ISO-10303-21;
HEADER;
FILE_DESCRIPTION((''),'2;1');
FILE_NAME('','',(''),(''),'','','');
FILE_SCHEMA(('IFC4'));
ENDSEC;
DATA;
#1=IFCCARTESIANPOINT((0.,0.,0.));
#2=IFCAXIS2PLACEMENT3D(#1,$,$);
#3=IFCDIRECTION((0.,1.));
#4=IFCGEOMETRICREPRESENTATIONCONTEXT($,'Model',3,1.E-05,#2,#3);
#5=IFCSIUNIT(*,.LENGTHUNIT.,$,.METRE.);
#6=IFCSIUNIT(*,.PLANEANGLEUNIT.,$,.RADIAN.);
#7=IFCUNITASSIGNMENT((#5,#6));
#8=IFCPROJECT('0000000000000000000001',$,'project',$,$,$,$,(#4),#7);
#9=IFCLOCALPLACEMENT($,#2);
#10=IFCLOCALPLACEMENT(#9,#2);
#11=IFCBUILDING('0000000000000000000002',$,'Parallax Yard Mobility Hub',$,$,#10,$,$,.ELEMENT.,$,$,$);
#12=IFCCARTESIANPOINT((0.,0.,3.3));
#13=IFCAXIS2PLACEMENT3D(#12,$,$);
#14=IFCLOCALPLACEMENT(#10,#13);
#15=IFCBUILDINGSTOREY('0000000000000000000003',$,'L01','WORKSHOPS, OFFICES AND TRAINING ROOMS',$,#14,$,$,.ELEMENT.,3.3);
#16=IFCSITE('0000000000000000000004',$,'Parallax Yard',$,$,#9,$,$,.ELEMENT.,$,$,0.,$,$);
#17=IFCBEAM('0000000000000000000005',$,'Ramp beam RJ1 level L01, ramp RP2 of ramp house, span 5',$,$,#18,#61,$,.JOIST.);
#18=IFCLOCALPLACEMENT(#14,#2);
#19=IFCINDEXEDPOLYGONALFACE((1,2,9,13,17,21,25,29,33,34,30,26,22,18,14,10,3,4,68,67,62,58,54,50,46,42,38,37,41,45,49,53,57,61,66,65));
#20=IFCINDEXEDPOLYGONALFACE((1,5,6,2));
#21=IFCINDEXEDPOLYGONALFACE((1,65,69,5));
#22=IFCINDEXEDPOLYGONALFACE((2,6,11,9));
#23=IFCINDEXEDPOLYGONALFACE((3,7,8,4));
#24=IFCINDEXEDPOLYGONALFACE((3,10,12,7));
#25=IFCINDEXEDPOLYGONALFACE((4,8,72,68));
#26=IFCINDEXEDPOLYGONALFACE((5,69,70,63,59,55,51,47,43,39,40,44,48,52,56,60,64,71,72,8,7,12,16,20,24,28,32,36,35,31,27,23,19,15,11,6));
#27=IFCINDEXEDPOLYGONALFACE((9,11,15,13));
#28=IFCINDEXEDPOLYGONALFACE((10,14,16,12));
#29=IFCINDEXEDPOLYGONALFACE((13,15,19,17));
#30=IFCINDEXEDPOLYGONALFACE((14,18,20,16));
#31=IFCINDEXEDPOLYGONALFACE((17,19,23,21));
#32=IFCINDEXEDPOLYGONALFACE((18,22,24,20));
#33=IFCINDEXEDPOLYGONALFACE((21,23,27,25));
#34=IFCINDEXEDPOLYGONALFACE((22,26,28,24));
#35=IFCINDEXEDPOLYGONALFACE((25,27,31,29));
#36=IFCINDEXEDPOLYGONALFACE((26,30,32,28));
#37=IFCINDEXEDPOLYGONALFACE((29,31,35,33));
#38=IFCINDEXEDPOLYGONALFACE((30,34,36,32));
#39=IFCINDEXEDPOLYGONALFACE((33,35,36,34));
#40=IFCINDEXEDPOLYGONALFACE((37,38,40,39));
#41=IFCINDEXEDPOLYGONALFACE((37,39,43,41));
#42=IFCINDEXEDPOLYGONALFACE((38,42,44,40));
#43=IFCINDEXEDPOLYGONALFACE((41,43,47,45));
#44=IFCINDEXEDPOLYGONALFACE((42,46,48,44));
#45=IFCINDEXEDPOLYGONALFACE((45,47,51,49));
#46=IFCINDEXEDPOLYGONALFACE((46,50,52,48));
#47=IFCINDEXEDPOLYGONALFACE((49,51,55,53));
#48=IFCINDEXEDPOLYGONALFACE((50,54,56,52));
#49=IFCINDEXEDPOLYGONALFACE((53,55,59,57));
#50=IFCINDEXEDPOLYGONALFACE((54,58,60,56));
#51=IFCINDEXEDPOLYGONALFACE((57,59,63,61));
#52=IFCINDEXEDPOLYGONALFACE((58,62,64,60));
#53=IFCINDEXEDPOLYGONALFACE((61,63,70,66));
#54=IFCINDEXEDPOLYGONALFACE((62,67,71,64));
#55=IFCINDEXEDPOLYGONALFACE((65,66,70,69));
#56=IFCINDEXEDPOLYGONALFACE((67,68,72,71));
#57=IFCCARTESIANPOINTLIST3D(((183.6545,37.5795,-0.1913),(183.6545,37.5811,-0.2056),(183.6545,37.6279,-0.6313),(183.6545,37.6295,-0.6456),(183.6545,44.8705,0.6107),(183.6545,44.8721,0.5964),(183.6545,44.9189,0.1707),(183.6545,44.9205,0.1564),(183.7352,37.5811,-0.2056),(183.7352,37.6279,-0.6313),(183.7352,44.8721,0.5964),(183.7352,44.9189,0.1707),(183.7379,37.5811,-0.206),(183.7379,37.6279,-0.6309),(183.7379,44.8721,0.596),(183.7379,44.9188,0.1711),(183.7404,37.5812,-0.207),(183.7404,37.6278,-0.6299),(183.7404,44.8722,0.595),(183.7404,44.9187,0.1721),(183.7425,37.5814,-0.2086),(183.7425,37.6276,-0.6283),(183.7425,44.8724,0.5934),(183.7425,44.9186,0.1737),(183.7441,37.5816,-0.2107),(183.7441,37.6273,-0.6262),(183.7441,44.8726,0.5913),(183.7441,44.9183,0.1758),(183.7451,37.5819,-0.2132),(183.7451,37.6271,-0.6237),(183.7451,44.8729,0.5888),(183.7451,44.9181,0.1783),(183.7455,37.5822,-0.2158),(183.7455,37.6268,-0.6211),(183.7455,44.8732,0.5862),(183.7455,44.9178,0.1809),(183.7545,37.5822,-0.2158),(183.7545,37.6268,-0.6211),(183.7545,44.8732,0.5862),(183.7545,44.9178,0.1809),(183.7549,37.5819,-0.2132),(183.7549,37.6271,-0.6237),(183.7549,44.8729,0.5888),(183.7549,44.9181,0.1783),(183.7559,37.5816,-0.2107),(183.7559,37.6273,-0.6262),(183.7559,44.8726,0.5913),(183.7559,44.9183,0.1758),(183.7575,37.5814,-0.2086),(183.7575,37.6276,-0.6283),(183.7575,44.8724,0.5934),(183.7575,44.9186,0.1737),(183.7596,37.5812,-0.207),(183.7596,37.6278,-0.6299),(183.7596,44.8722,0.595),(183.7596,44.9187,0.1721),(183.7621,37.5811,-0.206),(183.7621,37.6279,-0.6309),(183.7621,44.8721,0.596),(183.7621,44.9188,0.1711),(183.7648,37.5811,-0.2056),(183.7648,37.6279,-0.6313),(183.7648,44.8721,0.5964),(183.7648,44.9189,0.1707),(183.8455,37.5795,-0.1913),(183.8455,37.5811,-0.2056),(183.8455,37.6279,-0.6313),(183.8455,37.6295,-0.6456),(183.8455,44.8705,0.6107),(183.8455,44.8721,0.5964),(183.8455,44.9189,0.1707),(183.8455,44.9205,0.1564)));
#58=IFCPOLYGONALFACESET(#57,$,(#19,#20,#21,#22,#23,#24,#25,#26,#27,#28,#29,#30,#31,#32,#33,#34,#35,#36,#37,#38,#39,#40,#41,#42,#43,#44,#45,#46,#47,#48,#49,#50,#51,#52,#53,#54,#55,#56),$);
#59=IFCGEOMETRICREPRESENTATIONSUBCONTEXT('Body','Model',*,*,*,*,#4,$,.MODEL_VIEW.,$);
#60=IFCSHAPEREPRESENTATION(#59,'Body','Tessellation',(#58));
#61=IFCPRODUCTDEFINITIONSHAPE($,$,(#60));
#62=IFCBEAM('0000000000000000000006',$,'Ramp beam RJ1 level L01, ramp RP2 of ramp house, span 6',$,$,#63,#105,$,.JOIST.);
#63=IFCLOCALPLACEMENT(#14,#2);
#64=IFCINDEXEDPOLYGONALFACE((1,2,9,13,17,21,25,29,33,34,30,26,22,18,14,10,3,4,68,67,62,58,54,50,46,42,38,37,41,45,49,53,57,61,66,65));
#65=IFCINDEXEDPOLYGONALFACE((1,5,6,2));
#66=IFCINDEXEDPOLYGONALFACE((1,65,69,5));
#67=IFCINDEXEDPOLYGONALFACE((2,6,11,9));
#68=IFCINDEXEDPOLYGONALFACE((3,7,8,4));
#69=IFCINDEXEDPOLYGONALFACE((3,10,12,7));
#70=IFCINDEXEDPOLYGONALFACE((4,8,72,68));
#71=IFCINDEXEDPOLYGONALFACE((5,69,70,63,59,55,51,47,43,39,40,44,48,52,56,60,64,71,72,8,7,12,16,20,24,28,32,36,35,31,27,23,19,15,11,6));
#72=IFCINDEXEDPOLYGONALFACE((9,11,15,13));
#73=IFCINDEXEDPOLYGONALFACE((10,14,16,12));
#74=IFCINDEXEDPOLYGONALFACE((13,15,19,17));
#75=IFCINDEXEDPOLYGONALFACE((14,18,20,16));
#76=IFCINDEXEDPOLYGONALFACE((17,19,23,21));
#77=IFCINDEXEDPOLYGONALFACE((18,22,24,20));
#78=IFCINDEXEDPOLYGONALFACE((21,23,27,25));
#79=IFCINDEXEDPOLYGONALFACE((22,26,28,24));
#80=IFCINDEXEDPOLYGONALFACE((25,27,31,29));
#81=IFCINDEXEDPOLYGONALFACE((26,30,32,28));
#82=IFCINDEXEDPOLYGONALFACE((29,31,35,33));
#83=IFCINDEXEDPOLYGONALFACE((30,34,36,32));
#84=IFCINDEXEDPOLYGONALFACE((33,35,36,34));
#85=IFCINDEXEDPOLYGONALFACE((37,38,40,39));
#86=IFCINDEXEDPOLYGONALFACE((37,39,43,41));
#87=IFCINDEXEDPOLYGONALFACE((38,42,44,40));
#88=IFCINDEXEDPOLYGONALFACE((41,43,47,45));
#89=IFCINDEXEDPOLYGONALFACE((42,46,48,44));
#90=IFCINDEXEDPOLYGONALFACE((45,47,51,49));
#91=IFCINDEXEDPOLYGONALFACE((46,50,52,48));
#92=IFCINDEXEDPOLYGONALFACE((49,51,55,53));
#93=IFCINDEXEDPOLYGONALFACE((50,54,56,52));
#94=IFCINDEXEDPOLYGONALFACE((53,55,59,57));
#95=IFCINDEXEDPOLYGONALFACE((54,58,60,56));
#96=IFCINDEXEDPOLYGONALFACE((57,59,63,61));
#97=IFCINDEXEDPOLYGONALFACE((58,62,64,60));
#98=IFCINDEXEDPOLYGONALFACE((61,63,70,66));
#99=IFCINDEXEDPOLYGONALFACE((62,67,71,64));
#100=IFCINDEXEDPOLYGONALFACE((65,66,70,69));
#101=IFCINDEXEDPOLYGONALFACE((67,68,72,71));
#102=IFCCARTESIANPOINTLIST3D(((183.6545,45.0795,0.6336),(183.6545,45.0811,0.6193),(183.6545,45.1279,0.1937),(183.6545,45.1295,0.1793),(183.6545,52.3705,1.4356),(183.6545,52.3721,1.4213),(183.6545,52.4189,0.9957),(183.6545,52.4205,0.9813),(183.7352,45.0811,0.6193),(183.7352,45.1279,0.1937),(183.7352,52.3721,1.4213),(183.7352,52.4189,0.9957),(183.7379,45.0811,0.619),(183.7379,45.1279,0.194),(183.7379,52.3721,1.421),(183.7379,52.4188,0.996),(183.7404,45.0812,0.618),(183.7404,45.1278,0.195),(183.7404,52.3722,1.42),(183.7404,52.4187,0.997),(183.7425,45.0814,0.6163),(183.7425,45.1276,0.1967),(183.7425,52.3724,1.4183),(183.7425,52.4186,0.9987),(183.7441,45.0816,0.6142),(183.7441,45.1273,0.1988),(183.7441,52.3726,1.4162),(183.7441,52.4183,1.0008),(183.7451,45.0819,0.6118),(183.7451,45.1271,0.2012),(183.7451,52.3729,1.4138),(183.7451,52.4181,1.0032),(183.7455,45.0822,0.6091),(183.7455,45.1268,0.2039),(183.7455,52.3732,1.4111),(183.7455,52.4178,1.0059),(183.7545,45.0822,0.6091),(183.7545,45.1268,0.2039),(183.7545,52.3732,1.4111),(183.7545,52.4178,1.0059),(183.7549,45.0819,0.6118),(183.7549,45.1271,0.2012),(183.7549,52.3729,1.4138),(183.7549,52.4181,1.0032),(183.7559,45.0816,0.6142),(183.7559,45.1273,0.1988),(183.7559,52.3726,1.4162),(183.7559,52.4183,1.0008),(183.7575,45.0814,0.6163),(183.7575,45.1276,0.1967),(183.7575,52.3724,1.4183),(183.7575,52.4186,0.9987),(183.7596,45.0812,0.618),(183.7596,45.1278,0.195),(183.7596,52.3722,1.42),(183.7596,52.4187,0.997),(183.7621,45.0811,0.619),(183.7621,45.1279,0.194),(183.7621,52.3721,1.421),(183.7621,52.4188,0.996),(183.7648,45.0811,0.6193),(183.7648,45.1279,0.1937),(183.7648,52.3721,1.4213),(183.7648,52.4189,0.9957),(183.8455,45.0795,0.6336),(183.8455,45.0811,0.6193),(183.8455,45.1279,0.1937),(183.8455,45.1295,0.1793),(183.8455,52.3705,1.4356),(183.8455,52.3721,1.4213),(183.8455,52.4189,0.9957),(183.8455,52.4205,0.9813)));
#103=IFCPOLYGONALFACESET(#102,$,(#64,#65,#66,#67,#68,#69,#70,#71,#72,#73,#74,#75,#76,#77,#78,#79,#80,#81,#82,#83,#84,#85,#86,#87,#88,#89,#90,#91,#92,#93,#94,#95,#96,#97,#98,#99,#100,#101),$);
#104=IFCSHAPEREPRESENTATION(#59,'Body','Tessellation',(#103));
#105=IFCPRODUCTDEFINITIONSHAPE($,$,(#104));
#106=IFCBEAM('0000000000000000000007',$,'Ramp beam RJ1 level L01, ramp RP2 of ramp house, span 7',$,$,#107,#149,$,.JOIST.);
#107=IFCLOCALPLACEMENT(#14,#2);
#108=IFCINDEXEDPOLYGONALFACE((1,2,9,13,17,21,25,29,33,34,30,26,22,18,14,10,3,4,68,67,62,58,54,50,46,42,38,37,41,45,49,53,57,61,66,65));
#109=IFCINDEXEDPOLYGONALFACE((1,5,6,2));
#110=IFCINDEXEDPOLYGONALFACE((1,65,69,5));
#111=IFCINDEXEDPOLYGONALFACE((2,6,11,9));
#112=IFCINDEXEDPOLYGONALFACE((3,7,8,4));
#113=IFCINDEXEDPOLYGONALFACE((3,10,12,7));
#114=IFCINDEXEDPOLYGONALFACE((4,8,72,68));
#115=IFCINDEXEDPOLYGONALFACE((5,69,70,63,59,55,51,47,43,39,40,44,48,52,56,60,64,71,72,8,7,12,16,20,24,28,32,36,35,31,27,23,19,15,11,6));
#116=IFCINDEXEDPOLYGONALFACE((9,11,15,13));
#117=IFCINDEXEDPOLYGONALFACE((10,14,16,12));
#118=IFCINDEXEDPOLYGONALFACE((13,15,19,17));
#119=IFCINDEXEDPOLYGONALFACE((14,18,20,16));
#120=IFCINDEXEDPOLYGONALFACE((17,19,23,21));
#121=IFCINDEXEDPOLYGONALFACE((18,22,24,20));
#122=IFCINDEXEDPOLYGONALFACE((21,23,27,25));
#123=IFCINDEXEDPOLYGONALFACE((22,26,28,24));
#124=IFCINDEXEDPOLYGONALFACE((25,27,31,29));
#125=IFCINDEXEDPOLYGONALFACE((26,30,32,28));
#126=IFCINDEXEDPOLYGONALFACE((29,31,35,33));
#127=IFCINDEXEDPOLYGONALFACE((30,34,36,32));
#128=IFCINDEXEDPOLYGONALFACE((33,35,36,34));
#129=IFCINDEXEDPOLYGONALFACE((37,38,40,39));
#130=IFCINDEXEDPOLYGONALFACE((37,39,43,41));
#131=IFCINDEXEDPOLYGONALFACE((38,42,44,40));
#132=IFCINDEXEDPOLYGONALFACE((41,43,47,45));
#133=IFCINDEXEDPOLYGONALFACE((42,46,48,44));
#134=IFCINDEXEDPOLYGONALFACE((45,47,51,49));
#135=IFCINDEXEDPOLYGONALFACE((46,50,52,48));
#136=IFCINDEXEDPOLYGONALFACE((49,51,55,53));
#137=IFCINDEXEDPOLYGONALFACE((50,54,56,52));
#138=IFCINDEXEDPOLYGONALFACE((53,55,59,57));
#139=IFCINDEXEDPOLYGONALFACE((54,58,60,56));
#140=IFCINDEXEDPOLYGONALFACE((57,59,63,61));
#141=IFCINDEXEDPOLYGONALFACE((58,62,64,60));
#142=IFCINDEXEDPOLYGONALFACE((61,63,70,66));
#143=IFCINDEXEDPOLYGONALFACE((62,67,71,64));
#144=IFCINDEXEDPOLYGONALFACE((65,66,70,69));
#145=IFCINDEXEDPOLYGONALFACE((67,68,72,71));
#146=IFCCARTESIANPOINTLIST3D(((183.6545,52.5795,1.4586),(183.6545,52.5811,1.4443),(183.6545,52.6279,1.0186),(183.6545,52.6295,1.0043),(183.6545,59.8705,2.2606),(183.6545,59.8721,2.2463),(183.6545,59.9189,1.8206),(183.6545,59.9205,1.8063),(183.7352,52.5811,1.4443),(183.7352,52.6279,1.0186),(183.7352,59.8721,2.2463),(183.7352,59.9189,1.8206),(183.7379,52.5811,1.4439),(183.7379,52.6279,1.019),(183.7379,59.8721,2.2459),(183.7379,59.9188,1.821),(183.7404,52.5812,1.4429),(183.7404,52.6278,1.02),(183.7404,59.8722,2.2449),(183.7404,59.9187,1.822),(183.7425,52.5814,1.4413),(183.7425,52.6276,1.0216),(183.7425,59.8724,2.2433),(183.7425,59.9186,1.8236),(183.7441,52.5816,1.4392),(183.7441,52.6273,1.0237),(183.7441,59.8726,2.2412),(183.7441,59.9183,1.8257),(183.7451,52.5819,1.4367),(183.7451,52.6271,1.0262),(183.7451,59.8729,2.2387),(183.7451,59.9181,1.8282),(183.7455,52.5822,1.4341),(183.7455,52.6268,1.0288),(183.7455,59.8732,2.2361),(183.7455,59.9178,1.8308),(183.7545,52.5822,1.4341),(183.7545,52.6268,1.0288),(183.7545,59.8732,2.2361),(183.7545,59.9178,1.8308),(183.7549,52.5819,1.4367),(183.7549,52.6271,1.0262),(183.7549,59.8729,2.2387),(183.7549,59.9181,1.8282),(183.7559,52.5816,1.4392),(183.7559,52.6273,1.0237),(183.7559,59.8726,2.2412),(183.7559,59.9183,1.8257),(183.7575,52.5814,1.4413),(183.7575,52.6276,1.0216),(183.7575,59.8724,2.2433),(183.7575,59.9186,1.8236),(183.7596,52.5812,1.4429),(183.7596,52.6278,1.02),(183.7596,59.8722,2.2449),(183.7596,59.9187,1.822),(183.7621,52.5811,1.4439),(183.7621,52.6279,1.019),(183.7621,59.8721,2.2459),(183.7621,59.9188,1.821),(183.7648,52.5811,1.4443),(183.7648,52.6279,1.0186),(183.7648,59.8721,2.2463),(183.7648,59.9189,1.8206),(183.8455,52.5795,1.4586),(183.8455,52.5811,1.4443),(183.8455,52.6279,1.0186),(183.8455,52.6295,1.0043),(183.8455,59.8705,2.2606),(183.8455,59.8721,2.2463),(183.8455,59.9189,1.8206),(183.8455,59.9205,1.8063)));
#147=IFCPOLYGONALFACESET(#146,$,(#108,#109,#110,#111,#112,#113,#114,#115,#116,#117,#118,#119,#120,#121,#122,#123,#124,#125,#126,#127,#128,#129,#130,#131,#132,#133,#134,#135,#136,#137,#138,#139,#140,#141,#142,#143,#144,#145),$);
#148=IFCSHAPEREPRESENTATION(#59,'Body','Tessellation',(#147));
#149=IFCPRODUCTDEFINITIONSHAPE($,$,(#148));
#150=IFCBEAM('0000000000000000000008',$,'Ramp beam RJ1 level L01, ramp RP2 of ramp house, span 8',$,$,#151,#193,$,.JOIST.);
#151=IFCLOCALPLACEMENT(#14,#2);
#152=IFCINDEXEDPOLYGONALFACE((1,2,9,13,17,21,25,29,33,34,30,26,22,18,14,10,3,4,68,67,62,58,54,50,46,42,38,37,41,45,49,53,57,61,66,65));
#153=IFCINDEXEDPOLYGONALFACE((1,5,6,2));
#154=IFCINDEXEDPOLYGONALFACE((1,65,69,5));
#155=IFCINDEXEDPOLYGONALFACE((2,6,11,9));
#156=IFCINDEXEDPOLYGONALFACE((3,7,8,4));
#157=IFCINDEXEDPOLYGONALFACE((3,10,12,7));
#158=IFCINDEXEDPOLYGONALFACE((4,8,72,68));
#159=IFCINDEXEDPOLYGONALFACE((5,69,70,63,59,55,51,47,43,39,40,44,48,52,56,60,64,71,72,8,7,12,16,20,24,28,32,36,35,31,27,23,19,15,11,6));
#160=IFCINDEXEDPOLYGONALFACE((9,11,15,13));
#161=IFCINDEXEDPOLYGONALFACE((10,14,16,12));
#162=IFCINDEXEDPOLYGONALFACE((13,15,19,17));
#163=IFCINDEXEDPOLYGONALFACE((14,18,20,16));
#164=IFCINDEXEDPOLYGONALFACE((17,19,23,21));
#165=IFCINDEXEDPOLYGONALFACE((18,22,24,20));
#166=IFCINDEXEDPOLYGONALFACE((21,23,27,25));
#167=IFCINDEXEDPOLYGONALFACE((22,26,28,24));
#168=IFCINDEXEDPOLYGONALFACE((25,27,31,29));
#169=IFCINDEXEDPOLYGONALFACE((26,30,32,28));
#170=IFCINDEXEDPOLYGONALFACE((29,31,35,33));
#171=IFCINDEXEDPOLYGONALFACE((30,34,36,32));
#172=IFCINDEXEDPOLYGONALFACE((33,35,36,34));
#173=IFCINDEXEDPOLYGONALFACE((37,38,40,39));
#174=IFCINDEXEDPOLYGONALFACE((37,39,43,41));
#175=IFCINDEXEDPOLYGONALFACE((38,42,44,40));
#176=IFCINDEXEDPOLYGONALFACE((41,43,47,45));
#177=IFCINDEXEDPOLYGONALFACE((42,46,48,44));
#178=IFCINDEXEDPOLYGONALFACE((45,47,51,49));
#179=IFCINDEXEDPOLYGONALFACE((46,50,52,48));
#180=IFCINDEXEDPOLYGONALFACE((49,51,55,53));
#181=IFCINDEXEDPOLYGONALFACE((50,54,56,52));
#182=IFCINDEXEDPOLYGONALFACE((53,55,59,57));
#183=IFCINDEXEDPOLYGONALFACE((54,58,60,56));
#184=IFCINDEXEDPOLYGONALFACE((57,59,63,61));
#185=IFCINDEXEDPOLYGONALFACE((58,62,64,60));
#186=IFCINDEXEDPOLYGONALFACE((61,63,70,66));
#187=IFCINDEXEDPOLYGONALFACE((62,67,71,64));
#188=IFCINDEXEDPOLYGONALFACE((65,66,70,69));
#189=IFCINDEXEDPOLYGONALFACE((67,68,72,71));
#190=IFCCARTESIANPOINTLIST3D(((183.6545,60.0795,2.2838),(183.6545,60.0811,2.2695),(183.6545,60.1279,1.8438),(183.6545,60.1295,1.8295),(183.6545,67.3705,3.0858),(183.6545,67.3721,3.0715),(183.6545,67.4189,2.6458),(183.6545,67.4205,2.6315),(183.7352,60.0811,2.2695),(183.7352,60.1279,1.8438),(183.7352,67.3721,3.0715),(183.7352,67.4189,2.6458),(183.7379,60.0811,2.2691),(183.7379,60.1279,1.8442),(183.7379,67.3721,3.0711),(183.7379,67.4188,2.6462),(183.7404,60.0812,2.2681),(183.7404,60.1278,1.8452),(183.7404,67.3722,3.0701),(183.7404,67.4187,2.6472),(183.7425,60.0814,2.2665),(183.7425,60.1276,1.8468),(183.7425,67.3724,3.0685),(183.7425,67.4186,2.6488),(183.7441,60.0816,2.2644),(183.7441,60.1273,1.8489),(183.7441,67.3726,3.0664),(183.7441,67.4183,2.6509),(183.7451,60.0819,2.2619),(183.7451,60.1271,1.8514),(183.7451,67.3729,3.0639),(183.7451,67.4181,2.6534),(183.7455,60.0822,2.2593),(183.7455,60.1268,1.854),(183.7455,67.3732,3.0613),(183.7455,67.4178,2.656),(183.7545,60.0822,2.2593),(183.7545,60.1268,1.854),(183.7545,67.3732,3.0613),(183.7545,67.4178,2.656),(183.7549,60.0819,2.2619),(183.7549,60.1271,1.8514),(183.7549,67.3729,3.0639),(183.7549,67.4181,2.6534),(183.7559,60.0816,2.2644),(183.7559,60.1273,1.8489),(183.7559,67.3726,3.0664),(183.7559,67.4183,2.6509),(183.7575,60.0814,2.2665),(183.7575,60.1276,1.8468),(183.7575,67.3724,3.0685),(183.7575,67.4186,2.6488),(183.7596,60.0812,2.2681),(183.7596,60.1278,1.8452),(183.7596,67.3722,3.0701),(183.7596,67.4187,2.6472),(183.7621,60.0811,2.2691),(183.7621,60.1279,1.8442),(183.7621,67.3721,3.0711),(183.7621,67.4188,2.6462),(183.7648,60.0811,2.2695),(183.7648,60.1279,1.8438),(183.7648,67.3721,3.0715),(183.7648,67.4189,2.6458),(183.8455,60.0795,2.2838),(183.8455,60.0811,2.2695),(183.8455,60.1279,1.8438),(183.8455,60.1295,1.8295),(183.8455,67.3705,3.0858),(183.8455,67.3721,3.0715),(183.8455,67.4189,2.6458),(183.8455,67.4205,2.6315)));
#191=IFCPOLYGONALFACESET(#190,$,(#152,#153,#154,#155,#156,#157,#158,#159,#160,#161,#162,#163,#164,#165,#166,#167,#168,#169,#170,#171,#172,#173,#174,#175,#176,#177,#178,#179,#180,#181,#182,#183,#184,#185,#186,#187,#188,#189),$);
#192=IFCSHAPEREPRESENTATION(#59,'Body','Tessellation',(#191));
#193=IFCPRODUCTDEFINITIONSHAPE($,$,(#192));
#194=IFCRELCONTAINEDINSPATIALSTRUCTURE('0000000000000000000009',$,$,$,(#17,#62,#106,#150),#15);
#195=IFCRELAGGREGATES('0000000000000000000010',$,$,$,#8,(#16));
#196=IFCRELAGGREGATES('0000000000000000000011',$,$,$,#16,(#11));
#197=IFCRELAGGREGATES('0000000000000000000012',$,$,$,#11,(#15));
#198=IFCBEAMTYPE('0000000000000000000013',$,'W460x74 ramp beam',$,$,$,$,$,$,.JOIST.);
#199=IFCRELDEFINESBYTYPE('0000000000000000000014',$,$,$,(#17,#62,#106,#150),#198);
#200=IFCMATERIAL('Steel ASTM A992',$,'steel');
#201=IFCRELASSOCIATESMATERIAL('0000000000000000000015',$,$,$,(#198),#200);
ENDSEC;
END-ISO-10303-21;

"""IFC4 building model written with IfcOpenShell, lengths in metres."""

from ifc_helpers import new_model, si_unit, direction, frame, origin, origin_2d, place, context, subcontext, project, spatial, i_section, extrude, material, material_profile, profile_set, type_object, element, save


model = new_model("IFC4")

# Units and contexts
model_context = context("Model", 3, precision=1e-05, world=origin(), true_north=direction((0.0, 1.0)))
body_context = subcontext(model_context, "Body", "Model", "MODEL_VIEW")
ifc_project = project(units=[si_unit("LENGTHUNIT", "METRE"), si_unit("PLANEANGLEUNIT", "RADIAN")], contexts=[model_context])

# Site, building, storey
site_placement = place(None, origin())
site = spatial("IfcSite", under=ifc_project, at=site_placement, Name="Parallax Yard", CompositionType="ELEMENT", RefElevation=0.0)
building_placement = place(site_placement, origin())
building = spatial("IfcBuilding", under=site, at=building_placement, Name="Parallax Yard Mobility Hub", CompositionType="ELEMENT")
storey_placement = place(building_placement, frame((0.0, 0.0, 3.3)))
storey = spatial("IfcBuildingStorey", under=building, at=storey_placement, Name="L01", Description="WORKSHOPS, OFFICES AND TRAINING ROOMS", CompositionType="ELEMENT", Elevation=3.3)

# Shared definitions
ifc_material_1 = material(Name="Steel ASTM A992", Category="steel")

# Beams
ifc_material_profile_1 = material_profile(ifc_material_1, i_section(OverallWidth=0.1909, OverallDepth=0.457, WebThickness=0.009, FlangeThickness=0.0144, FilletRadius=0.0103, at=origin_2d()), Name="W460x74")
ifc_profile_set_1 = profile_set([ifc_material_profile_1], Name="Steel ASTM A992")
beam_type_1 = type_object("IfcBeamType", Name="W460x74 ramp beam", PredefinedType="JOIST", material=ifc_profile_set_1)
for number, where, z_axis, x_axis, name in (
    (1, (183.75, 37.6045, -0.4185), (0.0, 0.994005, 0.109339), (-1.0, 0.0, 0.0), "Ramp beam RJ1 level L01, ramp RP2 of ramp house, span 5"),
    (2, (183.75, 45.1045, 0.4065), (0.0, 0.994005, 0.109339), (-1.0, 0.0, 0.0), "Ramp beam RJ1 level L01, ramp RP2 of ramp house, span 6"),
    (3, (183.75, 52.6045, 1.2314), (0.0, 0.994005, 0.109339), (-1.0, 0.0, 0.0), "Ramp beam RJ1 level L01, ramp RP2 of ramp house, span 7"),
    (4, (183.75, 60.1045, 2.0566), (0.0, 0.994005, 0.109339), (-1.0, 0.0, 0.0), "Ramp beam RJ1 level L01, ramp RP2 of ramp house, span 8"),
):
    element("IfcBeam", number, at=place(storey_placement, frame(where, z_axis=z_axis, x_axis=x_axis)), inside=storey, type_object=beam_type_1, Name=name, PredefinedType="JOIST", context=body_context, shape_type="SweptSolid", body=[
        extrude(i_section(OverallWidth=0.1909, OverallDepth=0.457, WebThickness=0.009, FlangeThickness=0.0144, FilletRadius=0.0103, at=origin_2d()), origin(), (0.0, 0.0, 1.0), 7.335),
    ])

save(model, "model.ifc")
